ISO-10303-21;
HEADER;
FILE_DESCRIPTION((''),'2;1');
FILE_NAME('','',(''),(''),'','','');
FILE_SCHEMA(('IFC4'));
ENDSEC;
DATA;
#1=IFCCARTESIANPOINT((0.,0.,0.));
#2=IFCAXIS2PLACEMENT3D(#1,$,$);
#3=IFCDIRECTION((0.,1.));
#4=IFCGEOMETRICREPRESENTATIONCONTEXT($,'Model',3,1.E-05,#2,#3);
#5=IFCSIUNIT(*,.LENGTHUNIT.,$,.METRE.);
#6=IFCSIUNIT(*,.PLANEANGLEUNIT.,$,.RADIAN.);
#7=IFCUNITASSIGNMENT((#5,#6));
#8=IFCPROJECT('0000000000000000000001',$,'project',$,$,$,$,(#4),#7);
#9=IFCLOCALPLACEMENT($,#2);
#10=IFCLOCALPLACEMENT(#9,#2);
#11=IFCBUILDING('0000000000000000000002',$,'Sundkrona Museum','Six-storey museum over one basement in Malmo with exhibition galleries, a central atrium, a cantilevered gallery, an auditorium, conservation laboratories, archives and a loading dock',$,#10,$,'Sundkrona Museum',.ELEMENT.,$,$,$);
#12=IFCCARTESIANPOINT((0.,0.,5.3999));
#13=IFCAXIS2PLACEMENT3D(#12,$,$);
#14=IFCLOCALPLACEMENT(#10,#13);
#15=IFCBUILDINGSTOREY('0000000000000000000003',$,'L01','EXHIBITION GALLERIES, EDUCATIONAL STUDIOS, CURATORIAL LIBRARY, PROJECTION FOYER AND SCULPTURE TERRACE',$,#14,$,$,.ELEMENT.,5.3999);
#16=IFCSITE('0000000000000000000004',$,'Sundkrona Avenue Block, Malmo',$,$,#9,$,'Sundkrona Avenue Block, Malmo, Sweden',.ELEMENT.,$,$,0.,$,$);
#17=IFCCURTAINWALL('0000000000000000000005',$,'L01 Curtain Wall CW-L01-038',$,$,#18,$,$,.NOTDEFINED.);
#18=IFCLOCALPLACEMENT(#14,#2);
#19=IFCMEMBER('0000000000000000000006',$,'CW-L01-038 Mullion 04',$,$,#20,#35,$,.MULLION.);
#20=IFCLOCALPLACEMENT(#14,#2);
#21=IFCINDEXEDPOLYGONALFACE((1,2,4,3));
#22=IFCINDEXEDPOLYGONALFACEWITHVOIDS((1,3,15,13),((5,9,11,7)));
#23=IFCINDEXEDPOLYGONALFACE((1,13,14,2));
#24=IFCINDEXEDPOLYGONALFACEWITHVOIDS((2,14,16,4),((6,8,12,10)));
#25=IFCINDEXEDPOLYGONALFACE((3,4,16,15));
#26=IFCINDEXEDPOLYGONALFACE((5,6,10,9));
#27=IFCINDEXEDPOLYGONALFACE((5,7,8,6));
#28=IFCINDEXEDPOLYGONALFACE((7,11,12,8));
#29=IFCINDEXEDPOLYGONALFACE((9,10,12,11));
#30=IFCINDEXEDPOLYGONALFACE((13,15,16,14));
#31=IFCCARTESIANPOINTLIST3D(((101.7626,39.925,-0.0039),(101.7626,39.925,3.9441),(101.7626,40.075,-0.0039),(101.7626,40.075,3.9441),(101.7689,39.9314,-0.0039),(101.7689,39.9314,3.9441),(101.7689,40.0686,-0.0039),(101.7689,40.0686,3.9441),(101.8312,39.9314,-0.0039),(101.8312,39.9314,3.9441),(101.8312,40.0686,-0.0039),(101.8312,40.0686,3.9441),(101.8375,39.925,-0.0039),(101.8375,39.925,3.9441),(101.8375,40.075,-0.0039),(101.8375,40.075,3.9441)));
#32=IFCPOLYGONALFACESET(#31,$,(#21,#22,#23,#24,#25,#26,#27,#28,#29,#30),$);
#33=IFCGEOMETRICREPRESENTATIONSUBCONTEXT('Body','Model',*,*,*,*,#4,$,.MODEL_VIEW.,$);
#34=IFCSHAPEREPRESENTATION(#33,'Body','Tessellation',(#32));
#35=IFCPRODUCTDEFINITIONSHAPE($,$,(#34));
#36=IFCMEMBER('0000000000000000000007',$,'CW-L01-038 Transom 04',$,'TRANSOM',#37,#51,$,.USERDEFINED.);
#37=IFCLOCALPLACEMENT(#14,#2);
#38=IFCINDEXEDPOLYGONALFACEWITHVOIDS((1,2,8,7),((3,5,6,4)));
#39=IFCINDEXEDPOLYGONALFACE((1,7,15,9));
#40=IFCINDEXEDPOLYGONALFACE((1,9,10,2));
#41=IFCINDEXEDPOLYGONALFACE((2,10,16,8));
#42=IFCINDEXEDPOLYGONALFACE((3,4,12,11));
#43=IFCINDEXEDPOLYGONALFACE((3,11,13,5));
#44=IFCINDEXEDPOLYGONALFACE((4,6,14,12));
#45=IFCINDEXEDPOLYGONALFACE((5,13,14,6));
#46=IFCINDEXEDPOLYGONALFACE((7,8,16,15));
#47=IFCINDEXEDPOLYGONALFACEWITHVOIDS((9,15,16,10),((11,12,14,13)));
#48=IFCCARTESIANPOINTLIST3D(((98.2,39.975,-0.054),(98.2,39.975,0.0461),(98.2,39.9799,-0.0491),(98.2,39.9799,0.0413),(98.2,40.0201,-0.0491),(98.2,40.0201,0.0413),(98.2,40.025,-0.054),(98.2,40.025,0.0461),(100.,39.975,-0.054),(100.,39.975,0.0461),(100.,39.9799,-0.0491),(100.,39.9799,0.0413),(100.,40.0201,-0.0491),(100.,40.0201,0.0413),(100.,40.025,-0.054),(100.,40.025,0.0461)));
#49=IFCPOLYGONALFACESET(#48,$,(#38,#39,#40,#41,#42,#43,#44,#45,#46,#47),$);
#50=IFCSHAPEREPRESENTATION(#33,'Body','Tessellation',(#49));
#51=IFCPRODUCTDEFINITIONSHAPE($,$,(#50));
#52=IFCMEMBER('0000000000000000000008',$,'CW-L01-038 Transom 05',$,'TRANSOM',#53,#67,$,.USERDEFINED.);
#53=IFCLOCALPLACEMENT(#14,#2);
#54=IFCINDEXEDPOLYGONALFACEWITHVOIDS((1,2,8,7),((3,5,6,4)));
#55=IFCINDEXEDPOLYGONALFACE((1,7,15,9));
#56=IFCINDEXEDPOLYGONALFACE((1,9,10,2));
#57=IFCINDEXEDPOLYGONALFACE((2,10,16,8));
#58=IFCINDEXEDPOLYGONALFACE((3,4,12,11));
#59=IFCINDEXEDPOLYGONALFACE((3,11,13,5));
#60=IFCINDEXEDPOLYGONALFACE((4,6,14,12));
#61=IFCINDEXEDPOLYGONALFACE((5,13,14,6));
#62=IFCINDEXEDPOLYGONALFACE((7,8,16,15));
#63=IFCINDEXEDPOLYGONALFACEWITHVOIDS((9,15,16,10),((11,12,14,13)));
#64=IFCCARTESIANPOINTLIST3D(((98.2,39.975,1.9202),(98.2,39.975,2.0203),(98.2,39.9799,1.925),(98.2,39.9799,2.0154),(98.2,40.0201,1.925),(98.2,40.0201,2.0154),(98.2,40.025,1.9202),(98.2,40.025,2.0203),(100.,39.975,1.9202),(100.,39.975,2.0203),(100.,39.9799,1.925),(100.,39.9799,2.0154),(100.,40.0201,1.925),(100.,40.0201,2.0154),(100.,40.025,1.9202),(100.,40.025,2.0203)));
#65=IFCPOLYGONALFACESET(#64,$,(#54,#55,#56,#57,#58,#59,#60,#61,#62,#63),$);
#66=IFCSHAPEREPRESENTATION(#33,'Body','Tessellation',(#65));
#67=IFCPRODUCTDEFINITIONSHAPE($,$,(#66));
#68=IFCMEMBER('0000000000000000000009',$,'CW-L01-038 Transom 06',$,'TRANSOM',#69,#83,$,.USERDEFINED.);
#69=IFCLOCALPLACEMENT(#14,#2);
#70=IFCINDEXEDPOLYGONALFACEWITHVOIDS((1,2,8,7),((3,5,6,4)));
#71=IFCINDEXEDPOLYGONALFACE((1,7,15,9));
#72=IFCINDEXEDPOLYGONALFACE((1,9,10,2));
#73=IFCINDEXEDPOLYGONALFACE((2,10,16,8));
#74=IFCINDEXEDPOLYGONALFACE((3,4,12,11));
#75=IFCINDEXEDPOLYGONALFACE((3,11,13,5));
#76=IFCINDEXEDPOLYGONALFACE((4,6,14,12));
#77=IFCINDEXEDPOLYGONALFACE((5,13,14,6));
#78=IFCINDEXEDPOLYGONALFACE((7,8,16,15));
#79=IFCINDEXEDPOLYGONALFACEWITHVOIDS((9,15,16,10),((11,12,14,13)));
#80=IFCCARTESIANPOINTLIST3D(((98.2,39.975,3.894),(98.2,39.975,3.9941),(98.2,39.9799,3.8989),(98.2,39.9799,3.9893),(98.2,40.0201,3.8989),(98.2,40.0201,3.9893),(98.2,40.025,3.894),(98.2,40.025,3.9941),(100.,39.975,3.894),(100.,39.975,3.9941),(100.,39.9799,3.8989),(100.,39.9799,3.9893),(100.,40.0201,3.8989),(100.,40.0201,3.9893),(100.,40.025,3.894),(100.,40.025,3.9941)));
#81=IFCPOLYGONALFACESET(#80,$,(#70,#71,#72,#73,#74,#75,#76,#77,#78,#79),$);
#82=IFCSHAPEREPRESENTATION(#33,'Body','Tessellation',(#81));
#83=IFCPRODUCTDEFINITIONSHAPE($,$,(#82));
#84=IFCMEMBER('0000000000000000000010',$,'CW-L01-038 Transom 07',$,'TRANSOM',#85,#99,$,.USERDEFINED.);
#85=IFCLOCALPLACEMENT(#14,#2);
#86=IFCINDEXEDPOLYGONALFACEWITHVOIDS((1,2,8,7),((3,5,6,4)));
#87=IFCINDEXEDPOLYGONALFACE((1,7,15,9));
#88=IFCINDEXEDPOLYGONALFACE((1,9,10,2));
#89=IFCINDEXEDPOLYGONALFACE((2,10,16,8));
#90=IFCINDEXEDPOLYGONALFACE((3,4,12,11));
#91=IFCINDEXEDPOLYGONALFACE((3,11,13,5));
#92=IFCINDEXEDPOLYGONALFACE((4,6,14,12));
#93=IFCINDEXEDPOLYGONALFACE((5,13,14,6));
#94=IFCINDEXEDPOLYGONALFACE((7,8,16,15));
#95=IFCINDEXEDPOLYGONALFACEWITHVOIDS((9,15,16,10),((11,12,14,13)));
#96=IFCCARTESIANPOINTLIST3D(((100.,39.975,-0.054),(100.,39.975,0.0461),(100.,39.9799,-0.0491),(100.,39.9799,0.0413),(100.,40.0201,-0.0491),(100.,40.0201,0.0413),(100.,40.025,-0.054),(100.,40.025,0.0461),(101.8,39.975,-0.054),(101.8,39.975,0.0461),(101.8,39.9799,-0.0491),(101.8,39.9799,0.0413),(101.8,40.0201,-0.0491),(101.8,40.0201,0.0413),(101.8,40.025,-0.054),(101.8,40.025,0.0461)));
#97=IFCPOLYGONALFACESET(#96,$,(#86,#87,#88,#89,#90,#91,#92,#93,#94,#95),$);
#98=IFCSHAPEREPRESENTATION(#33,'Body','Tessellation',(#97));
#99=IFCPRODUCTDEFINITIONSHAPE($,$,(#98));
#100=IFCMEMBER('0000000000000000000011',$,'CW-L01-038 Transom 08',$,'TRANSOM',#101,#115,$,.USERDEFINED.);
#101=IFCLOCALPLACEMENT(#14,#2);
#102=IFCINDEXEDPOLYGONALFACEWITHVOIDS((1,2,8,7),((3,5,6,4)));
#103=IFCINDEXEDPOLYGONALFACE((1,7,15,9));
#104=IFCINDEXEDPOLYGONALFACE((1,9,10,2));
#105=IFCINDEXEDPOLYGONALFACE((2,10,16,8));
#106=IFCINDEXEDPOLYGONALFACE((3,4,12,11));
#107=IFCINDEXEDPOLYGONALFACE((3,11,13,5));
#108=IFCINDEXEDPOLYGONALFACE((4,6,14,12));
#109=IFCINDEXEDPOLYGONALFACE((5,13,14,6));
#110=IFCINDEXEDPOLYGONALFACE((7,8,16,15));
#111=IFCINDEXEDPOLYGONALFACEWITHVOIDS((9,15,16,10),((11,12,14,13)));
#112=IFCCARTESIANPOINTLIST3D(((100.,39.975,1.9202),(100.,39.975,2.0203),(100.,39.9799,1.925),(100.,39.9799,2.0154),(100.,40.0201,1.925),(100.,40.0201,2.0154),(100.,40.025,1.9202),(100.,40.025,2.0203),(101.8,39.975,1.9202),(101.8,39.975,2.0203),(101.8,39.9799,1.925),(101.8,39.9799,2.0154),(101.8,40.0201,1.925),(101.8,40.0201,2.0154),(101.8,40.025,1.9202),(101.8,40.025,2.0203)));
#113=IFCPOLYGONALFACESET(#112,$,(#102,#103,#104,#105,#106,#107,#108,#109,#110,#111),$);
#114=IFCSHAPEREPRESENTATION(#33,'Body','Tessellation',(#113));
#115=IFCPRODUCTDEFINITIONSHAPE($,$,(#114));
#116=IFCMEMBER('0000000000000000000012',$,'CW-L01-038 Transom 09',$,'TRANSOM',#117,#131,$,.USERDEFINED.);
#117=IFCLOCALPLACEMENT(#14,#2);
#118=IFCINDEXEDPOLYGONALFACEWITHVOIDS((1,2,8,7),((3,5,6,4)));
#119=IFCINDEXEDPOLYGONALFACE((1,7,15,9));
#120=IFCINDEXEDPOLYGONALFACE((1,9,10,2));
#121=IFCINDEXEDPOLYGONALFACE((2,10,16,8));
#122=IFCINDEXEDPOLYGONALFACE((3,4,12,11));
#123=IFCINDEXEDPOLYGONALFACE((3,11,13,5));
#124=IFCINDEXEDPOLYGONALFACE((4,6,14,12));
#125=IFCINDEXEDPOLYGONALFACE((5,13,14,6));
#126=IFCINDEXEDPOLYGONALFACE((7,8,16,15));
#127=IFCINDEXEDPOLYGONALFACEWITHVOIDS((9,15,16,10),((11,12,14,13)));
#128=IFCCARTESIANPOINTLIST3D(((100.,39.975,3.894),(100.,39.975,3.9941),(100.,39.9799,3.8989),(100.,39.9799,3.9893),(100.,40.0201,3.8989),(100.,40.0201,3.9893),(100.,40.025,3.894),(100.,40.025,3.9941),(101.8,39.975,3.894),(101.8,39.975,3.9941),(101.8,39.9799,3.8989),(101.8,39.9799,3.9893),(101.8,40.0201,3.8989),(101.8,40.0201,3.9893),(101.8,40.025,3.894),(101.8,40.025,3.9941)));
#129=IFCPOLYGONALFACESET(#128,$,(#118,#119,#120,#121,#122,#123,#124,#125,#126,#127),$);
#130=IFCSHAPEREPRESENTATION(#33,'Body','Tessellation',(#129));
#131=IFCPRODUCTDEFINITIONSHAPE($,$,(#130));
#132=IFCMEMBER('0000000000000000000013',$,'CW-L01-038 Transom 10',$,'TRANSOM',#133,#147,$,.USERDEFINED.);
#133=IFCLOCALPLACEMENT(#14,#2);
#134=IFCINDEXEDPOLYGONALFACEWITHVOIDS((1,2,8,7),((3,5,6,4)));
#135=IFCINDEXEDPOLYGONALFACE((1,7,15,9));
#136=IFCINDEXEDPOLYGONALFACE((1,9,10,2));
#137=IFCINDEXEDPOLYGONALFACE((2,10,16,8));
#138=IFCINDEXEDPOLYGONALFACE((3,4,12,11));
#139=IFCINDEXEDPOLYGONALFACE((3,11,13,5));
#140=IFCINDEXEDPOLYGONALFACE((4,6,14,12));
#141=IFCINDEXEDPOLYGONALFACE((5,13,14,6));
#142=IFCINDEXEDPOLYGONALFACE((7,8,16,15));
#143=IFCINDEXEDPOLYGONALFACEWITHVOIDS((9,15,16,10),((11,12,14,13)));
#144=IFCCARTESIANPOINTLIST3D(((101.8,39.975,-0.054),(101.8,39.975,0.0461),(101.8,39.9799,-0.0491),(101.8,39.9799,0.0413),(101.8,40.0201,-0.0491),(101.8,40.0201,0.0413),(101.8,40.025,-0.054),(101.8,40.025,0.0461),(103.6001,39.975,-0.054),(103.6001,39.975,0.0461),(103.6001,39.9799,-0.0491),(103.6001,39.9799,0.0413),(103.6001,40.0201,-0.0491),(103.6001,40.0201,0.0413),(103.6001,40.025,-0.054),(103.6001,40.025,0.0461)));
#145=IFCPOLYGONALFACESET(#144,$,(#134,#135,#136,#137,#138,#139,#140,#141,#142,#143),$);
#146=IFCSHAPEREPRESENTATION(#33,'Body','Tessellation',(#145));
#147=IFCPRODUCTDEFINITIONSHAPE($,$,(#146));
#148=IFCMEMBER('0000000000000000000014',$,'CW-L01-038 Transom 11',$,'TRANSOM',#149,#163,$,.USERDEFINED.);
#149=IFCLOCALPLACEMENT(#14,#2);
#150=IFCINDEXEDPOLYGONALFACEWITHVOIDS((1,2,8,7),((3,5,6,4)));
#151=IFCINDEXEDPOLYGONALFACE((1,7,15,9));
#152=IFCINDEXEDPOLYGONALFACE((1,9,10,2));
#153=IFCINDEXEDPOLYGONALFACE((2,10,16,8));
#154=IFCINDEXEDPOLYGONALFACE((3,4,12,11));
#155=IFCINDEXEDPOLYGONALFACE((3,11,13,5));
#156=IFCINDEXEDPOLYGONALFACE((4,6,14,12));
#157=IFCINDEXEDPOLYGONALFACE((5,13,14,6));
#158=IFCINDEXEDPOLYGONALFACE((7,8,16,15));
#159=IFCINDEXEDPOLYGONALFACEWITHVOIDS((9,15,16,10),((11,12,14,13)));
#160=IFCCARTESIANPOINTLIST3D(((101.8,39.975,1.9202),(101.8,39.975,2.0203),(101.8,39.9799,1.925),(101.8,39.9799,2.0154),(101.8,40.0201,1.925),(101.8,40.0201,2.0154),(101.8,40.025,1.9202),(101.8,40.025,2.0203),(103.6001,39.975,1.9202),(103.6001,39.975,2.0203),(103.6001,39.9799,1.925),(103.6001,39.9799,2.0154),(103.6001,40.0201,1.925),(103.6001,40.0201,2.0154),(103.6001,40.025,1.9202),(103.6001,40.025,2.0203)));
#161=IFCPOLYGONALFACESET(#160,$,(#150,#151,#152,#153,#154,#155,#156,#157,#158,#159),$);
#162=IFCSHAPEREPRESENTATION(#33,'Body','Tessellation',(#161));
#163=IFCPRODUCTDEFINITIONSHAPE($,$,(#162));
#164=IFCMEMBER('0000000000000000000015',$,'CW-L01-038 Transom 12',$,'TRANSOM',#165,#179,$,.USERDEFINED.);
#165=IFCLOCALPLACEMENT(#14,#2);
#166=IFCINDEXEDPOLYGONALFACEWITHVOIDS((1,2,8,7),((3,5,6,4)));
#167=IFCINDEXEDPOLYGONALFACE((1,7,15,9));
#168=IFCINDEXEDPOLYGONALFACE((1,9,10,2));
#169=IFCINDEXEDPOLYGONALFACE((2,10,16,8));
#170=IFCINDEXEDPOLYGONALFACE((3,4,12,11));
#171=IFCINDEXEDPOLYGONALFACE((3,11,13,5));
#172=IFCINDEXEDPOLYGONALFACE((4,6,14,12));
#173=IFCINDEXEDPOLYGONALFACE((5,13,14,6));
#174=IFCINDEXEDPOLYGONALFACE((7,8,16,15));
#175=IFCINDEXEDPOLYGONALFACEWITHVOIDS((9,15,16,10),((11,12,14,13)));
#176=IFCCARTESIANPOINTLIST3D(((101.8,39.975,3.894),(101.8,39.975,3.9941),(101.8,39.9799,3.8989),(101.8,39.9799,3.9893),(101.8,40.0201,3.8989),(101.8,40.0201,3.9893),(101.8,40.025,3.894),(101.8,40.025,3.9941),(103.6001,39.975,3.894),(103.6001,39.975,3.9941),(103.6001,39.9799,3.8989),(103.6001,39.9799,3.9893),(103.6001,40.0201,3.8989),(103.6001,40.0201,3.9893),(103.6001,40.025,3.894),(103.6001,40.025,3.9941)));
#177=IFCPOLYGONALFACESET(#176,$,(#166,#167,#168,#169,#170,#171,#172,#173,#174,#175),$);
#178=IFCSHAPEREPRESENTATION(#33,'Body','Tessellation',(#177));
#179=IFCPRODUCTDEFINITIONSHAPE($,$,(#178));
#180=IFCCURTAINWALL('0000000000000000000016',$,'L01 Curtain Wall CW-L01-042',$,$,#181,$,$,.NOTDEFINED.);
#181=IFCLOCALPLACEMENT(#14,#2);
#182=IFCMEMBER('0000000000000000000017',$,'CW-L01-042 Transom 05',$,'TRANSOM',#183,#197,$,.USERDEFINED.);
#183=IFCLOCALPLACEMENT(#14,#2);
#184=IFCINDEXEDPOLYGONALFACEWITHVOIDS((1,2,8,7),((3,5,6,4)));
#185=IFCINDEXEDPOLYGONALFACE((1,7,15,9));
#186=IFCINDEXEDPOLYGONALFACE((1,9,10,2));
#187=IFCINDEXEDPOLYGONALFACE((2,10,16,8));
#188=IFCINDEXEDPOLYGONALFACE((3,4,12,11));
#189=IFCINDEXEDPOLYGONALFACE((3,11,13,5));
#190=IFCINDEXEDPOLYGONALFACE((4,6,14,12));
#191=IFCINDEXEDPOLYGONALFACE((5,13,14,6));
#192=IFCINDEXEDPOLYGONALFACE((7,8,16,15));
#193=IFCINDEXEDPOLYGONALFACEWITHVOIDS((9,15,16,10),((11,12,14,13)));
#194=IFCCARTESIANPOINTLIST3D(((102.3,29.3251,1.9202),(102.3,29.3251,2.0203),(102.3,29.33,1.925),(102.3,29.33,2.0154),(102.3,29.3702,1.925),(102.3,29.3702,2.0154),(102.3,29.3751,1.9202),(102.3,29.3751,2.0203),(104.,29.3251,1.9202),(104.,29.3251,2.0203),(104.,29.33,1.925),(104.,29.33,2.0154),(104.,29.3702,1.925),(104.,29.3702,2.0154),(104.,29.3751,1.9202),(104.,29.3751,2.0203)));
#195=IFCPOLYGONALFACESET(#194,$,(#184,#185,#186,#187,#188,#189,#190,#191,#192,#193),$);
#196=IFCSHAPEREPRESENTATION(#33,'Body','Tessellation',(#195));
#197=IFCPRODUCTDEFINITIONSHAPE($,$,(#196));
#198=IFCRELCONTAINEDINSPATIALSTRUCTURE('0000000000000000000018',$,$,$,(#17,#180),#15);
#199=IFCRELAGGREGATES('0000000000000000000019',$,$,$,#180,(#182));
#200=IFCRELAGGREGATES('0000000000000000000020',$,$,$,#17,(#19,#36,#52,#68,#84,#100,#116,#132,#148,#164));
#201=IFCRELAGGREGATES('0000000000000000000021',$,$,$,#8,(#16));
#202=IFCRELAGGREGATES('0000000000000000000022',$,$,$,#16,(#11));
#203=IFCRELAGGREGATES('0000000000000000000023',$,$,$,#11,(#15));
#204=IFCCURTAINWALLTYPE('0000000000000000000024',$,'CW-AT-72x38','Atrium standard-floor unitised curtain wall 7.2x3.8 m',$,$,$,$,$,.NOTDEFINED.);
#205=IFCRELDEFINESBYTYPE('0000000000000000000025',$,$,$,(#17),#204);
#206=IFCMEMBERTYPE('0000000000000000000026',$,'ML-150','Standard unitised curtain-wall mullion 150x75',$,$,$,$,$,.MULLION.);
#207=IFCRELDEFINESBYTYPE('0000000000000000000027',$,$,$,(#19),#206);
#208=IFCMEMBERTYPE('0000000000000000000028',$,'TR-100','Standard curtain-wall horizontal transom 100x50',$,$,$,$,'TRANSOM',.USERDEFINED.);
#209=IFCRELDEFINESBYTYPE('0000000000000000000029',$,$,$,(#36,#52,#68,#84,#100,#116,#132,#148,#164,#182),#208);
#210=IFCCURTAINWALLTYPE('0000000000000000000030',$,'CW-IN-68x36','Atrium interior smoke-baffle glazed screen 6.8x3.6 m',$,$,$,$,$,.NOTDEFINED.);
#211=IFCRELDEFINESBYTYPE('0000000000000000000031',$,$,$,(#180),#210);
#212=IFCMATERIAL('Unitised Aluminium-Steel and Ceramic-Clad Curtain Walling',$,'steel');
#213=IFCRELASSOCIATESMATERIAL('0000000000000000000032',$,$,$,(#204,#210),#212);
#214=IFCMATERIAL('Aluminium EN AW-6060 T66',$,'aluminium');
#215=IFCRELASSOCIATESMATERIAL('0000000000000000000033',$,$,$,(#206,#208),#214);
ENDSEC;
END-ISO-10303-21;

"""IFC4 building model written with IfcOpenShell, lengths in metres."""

from ifc_helpers import new_model, si_unit, direction, frame, origin, origin_2d, place, context, subcontext, project, spatial, hollow_rectangle, extrude, material, material_profile, profile_set, type_object, element, aggregate, save


model = new_model("IFC4")

# Units and contexts
model_context = context("Model", 3, precision=1e-05, world=origin(), true_north=direction((0.0, 1.0)))
body_context = subcontext(model_context, "Body", "Model", "MODEL_VIEW")
ifc_project = project(units=[si_unit("LENGTHUNIT", "METRE"), si_unit("PLANEANGLEUNIT", "RADIAN")], contexts=[model_context])

# Site, building, storey
site_placement = place(None, origin())
site = spatial("IfcSite", under=ifc_project, at=site_placement, Name="Sundkrona Avenue Block, Malmo", LongName="Sundkrona Avenue Block, Malmo, Sweden", CompositionType="ELEMENT", RefElevation=0.0)
building_placement = place(site_placement, origin())
building = spatial("IfcBuilding", under=site, at=building_placement, Name="Sundkrona Museum", Description="Six-storey museum over one basement in Malmo with exhibition galleries, a central atrium, a cantilevered gallery, an auditorium, conservation laboratories, archives and a loading dock", LongName="Sundkrona Museum", CompositionType="ELEMENT")
storey_placement = place(building_placement, frame((0.0, 0.0, 5.3999)))
storey = spatial("IfcBuildingStorey", under=building, at=storey_placement, Name="L01", Description="EXHIBITION GALLERIES, EDUCATIONAL STUDIOS, CURATORIAL LIBRARY, PROJECTION FOYER AND SCULPTURE TERRACE", CompositionType="ELEMENT", Elevation=5.3999)

# Curtain walls, members
ifc_material_1 = material(Name="Unitised Aluminium-Steel and Ceramic-Clad Curtain Walling", Category="steel")
curtain_wall_type_1 = type_object("IfcCurtainWallType", Name="CW-AT-72x38", Description="Atrium standard-floor unitised curtain wall 7.2x3.8 m", PredefinedType="NOTDEFINED", material=ifc_material_1)
curtain_wall_1_placement = place(storey_placement, origin())
curtain_wall_1 = element("IfcCurtainWall", 1, at=curtain_wall_1_placement, inside=storey, type_object=curtain_wall_type_1, Name="L01 Curtain Wall CW-L01-038", PredefinedType="NOTDEFINED")
ifc_material_2 = material(Name="Aluminium EN AW-6060 T66", Category="aluminium")
ifc_material_profile_1 = material_profile(ifc_material_2, hollow_rectangle(XDim=0.075, YDim=0.1499, WallThickness=0.0063, at=origin_2d()), Name="RHS 150x75x6.3")
ifc_profile_set_1 = profile_set([ifc_material_profile_1], Name="Aluminium EN AW-6060 T66")
member_type_1 = type_object("IfcMemberType", Name="ML-150", Description="Standard unitised curtain-wall mullion 150x75", PredefinedType="MULLION", material=ifc_profile_set_1)
member_1_placement = place(storey_placement, frame((101.8, 40.0, -0.0039), z_axis=(0.0, 0.0, 1.0), x_axis=(1.0, 0.0, 0.0)))
member_1 = element("IfcMember", 2, at=member_1_placement, type_object=member_type_1, Name="CW-L01-038 Mullion 04", PredefinedType="MULLION", context=body_context, shape_type="SweptSolid", body=[
    extrude(hollow_rectangle(XDim=0.075, YDim=0.1499, WallThickness=0.0063, at=origin_2d()), origin(), (0.0, 0.0, 1.0), 3.948),
])
ifc_material_profile_2 = material_profile(ifc_material_2, hollow_rectangle(XDim=0.05, YDim=0.1001, WallThickness=0.0049, at=origin_2d()), Name="RHS 100x50x5.0")
ifc_profile_set_2 = profile_set([ifc_material_profile_2], Name="Aluminium EN AW-6060 T66")
member_type_2 = type_object("IfcMemberType", Name="TR-100", Description="Standard curtain-wall horizontal transom 100x50", ElementType="TRANSOM", PredefinedType="USERDEFINED", material=ifc_profile_set_2)
member_2_placement = place(storey_placement, frame((98.2, 40.0, -0.0039), z_axis=(1.0, 0.0, 0.0), x_axis=(0.0, 1.0, 0.0)))
member_2 = element("IfcMember", 3, at=member_2_placement, type_object=member_type_2, Name="CW-L01-038 Transom 04", ObjectType="TRANSOM", PredefinedType="USERDEFINED", context=body_context, shape_type="SweptSolid", body=[
    extrude(hollow_rectangle(XDim=0.05, YDim=0.1001, WallThickness=0.0049, at=origin_2d()), origin(), (0.0, 0.0, 1.0), 1.8),
])
member_3_placement = place(storey_placement, frame((98.2, 40.0, 1.9702), z_axis=(1.0, 0.0, 0.0), x_axis=(0.0, 1.0, 0.0)))
member_3 = element("IfcMember", 4, at=member_3_placement, type_object=member_type_2, Name="CW-L01-038 Transom 05", ObjectType="TRANSOM", PredefinedType="USERDEFINED", context=body_context, shape_type="SweptSolid", body=[
    extrude(hollow_rectangle(XDim=0.05, YDim=0.1001, WallThickness=0.0049, at=origin_2d()), origin(), (0.0, 0.0, 1.0), 1.8),
])
member_4_placement = place(storey_placement, frame((98.2, 40.0, 3.9441), z_axis=(1.0, 0.0, 0.0), x_axis=(0.0, 1.0, 0.0)))
member_4 = element("IfcMember", 5, at=member_4_placement, type_object=member_type_2, Name="CW-L01-038 Transom 06", ObjectType="TRANSOM", PredefinedType="USERDEFINED", context=body_context, shape_type="SweptSolid", body=[
    extrude(hollow_rectangle(XDim=0.05, YDim=0.1001, WallThickness=0.0049, at=origin_2d()), origin(), (0.0, 0.0, 1.0), 1.8),
])
member_5_placement = place(storey_placement, frame((100.0, 40.0, -0.0039), z_axis=(1.0, 0.0, 0.0), x_axis=(0.0, 1.0, 0.0)))
member_5 = element("IfcMember", 6, at=member_5_placement, type_object=member_type_2, Name="CW-L01-038 Transom 07", ObjectType="TRANSOM", PredefinedType="USERDEFINED", context=body_context, shape_type="SweptSolid", body=[
    extrude(hollow_rectangle(XDim=0.05, YDim=0.1001, WallThickness=0.0049, at=origin_2d()), origin(), (0.0, 0.0, 1.0), 1.8),
])
member_6_placement = place(storey_placement, frame((100.0, 40.0, 1.9702), z_axis=(1.0, 0.0, 0.0), x_axis=(0.0, 1.0, 0.0)))
member_6 = element("IfcMember", 7, at=member_6_placement, type_object=member_type_2, Name="CW-L01-038 Transom 08", ObjectType="TRANSOM", PredefinedType="USERDEFINED", context=body_context, shape_type="SweptSolid", body=[
    extrude(hollow_rectangle(XDim=0.05, YDim=0.1001, WallThickness=0.0049, at=origin_2d()), origin(), (0.0, 0.0, 1.0), 1.8),
])
member_7_placement = place(storey_placement, frame((100.0, 40.0, 3.9441), z_axis=(1.0, 0.0, 0.0), x_axis=(0.0, 1.0, 0.0)))
member_7 = element("IfcMember", 8, at=member_7_placement, type_object=member_type_2, Name="CW-L01-038 Transom 09", ObjectType="TRANSOM", PredefinedType="USERDEFINED", context=body_context, shape_type="SweptSolid", body=[
    extrude(hollow_rectangle(XDim=0.05, YDim=0.1001, WallThickness=0.0049, at=origin_2d()), origin(), (0.0, 0.0, 1.0), 1.8),
])
member_8_placement = place(storey_placement, frame((101.8, 40.0, -0.0039), z_axis=(1.0, 0.0, 0.0), x_axis=(0.0, 1.0, 0.0)))
member_8 = element("IfcMember", 9, at=member_8_placement, type_object=member_type_2, Name="CW-L01-038 Transom 10", ObjectType="TRANSOM", PredefinedType="USERDEFINED", context=body_context, shape_type="SweptSolid", body=[
    extrude(hollow_rectangle(XDim=0.05, YDim=0.1001, WallThickness=0.0049, at=origin_2d()), origin(), (0.0, 0.0, 1.0), 1.8),
])
member_9_placement = place(storey_placement, frame((101.8, 40.0, 1.9702), z_axis=(1.0, 0.0, 0.0), x_axis=(0.0, 1.0, 0.0)))
member_9 = element("IfcMember", 10, at=member_9_placement, type_object=member_type_2, Name="CW-L01-038 Transom 11", ObjectType="TRANSOM", PredefinedType="USERDEFINED", context=body_context, shape_type="SweptSolid", body=[
    extrude(hollow_rectangle(XDim=0.05, YDim=0.1001, WallThickness=0.0049, at=origin_2d()), origin(), (0.0, 0.0, 1.0), 1.8),
])
member_10_placement = place(storey_placement, frame((101.8, 40.0, 3.9441), z_axis=(1.0, 0.0, 0.0), x_axis=(0.0, 1.0, 0.0)))
member_10 = element("IfcMember", 11, at=member_10_placement, type_object=member_type_2, Name="CW-L01-038 Transom 12", ObjectType="TRANSOM", PredefinedType="USERDEFINED", context=body_context, shape_type="SweptSolid", body=[
    extrude(hollow_rectangle(XDim=0.05, YDim=0.1001, WallThickness=0.0049, at=origin_2d()), origin(), (0.0, 0.0, 1.0), 1.8),
])
curtain_wall_type_2 = type_object("IfcCurtainWallType", Name="CW-IN-68x36", Description="Atrium interior smoke-baffle glazed screen 6.8x3.6 m", PredefinedType="NOTDEFINED", material=ifc_material_1)
curtain_wall_2_placement = place(storey_placement, origin())
curtain_wall_2 = element("IfcCurtainWall", 12, at=curtain_wall_2_placement, inside=storey, type_object=curtain_wall_type_2, Name="L01 Curtain Wall CW-L01-042", PredefinedType="NOTDEFINED")
member_11_placement = place(storey_placement, frame((102.3, 29.3501, 1.9702), z_axis=(1.0, 0.0, 0.0), x_axis=(0.0, 1.0, 0.0)))
member_11 = element("IfcMember", 13, at=member_11_placement, type_object=member_type_2, Name="CW-L01-042 Transom 05", ObjectType="TRANSOM", PredefinedType="USERDEFINED", context=body_context, shape_type="SweptSolid", body=[
    extrude(hollow_rectangle(XDim=0.05, YDim=0.1001, WallThickness=0.0049, at=origin_2d()), origin(), (0.0, 0.0, 1.0), 1.7),
])
aggregate(curtain_wall_2, [member_11])

aggregate(curtain_wall_1, [member_1, member_2, member_3, member_4, member_5, member_6, member_7, member_8, member_9, member_10])

save(model, "model.ifc")
